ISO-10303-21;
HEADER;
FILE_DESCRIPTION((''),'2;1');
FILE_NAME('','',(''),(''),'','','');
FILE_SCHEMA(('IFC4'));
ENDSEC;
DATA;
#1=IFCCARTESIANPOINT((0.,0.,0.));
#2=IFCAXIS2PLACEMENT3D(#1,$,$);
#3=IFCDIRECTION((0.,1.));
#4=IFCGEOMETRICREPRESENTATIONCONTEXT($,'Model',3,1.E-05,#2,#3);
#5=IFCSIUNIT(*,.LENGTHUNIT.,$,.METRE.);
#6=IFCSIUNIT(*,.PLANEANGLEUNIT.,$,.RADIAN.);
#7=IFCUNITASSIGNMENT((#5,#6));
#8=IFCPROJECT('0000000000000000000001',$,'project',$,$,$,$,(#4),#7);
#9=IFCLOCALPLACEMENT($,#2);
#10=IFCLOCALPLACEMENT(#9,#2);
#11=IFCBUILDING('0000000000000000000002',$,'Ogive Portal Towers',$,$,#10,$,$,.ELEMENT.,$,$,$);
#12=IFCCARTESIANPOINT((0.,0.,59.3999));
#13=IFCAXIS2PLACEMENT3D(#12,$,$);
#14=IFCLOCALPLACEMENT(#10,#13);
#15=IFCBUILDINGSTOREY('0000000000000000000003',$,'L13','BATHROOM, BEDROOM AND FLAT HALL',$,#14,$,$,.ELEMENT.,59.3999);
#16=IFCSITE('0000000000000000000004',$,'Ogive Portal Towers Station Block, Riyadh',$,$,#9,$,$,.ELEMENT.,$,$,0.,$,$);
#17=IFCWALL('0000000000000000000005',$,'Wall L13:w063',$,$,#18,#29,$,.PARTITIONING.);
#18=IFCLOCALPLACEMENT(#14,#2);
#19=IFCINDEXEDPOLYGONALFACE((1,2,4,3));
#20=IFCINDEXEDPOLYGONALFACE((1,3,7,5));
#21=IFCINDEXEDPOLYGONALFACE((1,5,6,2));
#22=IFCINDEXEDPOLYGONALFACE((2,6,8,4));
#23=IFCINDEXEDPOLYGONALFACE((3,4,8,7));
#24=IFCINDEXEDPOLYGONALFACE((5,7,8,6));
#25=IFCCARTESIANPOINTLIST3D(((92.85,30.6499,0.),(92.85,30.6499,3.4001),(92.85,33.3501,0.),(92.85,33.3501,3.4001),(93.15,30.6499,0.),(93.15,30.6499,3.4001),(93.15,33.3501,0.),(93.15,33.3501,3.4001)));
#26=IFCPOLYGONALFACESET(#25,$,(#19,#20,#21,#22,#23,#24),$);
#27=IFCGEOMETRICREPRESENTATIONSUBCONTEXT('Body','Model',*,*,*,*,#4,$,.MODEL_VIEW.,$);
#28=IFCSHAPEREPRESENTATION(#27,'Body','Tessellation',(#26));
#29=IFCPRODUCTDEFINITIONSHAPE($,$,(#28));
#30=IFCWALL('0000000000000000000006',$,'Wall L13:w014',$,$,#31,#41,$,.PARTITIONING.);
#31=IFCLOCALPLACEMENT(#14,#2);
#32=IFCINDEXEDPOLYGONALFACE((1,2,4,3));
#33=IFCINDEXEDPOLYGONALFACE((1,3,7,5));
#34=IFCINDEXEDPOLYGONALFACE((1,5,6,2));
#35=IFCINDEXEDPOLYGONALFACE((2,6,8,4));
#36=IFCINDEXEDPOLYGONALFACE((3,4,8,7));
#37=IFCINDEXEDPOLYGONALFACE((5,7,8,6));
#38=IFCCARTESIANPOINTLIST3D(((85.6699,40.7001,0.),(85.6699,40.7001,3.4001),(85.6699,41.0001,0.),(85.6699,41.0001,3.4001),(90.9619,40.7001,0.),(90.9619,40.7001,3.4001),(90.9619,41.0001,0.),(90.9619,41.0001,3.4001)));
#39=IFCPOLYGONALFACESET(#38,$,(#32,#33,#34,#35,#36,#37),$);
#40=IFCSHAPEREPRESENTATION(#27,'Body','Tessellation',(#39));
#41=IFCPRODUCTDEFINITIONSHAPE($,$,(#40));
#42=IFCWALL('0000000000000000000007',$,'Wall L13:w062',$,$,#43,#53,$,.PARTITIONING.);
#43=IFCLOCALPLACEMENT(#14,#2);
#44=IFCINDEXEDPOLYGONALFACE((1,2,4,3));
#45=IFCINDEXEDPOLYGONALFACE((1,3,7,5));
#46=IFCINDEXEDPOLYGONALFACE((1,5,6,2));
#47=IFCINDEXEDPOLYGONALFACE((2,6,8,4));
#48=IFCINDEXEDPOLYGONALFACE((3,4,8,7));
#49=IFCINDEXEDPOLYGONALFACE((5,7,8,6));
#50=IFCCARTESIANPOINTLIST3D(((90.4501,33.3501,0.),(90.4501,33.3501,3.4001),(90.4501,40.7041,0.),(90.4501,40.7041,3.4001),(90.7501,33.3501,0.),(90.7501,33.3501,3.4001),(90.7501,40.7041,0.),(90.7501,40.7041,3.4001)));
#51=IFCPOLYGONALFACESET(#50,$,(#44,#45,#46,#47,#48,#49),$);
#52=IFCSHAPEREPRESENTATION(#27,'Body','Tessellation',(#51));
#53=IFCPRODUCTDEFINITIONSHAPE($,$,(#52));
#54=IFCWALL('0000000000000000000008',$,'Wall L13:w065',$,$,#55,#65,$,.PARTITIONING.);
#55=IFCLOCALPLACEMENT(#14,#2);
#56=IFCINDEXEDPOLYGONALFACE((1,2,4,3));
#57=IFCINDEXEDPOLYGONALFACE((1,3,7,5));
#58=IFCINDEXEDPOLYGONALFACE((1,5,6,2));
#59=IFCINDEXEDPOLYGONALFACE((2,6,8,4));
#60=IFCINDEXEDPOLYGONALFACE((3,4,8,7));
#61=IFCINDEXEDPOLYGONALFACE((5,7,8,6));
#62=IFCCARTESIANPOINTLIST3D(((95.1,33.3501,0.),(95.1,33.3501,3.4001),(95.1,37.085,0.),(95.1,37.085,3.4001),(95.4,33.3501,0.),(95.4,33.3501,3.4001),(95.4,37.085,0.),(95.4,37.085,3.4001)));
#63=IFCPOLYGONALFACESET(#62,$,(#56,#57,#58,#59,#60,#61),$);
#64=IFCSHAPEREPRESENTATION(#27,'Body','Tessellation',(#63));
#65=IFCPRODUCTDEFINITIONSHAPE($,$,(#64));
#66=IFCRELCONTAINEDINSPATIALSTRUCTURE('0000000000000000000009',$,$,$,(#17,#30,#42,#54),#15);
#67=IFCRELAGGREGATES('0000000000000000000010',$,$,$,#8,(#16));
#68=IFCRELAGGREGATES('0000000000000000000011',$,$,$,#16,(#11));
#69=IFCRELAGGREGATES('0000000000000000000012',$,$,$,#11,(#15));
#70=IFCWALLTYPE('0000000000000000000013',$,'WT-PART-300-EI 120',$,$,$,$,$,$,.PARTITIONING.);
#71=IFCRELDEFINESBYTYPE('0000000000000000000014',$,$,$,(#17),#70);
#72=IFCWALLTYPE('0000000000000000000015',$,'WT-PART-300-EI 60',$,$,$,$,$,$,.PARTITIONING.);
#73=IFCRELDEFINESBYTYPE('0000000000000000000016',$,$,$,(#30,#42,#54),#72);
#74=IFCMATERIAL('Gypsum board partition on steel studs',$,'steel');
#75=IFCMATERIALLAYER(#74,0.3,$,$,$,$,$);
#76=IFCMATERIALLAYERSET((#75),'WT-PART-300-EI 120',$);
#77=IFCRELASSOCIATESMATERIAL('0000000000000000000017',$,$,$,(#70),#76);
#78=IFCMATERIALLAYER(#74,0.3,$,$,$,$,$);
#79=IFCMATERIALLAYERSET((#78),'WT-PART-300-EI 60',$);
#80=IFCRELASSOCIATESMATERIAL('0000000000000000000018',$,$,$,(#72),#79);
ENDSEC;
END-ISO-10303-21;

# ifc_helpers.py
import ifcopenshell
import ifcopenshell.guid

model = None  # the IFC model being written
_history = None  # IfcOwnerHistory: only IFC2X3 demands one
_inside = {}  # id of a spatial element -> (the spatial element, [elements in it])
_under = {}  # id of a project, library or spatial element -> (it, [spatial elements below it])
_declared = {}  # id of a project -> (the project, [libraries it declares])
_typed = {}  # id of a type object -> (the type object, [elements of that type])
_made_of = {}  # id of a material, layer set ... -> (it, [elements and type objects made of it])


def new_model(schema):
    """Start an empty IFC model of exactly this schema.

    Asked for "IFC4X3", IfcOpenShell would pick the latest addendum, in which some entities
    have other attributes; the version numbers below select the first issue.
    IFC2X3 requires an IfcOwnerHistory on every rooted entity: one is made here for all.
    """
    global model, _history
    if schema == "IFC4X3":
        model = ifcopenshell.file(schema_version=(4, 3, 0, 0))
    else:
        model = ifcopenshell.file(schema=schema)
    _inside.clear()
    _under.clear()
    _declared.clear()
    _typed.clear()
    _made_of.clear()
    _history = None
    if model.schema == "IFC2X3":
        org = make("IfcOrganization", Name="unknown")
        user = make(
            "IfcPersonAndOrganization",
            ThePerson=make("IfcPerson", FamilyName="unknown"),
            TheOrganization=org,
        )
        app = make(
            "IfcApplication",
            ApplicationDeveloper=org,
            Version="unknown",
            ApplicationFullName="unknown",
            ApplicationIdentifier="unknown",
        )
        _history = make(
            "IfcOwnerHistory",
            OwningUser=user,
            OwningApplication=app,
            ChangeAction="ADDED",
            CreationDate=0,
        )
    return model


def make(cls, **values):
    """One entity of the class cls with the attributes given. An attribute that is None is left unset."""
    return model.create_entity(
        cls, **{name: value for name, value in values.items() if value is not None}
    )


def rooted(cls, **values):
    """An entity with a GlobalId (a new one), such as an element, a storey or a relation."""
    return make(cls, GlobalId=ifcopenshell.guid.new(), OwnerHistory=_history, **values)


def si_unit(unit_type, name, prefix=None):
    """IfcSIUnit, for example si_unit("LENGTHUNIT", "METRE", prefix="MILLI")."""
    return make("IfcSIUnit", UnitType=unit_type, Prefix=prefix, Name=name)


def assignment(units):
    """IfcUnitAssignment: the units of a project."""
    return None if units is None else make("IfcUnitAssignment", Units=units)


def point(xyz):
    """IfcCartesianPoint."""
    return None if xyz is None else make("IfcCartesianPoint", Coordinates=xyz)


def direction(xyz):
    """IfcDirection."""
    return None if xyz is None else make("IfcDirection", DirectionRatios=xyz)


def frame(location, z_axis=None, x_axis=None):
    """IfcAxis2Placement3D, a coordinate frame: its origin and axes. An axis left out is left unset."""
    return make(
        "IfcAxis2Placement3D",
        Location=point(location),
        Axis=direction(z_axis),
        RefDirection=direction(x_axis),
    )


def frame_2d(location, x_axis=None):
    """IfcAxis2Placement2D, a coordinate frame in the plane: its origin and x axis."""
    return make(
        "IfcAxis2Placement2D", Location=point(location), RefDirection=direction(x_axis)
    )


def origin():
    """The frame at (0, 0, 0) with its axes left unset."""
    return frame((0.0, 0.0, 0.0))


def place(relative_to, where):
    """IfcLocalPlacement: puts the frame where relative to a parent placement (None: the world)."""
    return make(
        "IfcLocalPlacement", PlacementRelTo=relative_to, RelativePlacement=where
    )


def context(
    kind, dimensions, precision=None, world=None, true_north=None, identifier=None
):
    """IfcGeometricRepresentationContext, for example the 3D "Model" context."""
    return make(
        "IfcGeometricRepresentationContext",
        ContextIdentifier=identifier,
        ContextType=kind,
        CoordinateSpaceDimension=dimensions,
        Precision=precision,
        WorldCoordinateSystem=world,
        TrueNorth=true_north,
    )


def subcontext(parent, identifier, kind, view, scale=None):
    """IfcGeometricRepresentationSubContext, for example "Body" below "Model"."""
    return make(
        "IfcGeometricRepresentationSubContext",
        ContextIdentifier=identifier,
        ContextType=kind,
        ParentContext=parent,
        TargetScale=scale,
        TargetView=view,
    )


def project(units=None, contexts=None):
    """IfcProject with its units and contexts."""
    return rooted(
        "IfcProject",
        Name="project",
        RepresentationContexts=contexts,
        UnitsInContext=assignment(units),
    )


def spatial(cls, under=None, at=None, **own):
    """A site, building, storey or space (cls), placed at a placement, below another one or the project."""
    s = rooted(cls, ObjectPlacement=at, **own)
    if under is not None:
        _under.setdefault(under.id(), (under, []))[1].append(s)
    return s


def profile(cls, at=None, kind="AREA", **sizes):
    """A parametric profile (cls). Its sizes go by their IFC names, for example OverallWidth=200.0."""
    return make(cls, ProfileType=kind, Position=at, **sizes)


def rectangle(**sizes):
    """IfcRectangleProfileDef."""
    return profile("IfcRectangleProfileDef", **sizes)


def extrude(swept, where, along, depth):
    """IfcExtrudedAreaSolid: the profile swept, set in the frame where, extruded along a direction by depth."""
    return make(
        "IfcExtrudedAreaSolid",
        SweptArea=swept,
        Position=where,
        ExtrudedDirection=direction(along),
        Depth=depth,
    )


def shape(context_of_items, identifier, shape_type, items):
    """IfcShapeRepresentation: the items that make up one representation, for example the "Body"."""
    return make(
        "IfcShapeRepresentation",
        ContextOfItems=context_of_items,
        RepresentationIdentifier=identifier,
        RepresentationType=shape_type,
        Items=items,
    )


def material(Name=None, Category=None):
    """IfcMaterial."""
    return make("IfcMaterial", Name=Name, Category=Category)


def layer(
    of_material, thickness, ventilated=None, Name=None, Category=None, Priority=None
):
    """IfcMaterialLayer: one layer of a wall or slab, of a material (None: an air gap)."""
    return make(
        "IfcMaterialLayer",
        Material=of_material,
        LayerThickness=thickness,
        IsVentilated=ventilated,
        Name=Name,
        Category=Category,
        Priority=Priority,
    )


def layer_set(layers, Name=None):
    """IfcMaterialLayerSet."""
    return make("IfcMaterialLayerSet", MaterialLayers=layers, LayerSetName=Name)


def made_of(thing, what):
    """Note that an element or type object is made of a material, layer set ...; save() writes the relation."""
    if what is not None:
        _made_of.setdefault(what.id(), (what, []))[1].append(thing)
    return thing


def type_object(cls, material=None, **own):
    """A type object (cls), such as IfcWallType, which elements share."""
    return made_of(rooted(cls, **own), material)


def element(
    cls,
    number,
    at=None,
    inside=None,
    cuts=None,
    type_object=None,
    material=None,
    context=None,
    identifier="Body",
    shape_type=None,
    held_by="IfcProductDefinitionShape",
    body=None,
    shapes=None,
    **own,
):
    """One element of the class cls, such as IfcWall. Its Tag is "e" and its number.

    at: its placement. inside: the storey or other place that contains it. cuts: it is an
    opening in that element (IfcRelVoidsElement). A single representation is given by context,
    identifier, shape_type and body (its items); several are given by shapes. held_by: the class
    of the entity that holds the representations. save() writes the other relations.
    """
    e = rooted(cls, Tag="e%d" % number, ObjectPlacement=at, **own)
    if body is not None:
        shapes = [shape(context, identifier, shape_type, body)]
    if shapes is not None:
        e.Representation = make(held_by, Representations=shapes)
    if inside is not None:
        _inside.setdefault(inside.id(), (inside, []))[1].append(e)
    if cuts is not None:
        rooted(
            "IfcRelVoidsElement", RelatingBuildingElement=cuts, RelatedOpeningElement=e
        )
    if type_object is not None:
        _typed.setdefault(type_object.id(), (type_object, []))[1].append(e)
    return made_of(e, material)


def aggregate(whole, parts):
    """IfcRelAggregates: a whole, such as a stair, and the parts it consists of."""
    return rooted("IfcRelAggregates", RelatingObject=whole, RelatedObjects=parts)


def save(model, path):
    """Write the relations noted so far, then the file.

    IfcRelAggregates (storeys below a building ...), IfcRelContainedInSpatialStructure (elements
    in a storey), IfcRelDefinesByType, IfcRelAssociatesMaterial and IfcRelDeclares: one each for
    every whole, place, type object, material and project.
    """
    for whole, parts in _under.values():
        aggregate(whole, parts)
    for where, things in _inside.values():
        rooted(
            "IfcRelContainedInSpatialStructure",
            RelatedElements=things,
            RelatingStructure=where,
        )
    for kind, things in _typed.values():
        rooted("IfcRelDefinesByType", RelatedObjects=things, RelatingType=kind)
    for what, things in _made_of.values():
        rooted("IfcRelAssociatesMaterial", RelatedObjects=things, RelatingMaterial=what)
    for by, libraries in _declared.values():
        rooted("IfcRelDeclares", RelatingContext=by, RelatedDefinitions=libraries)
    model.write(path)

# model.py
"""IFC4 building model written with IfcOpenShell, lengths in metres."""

from ifc_helpers import new_model, si_unit, direction, frame, frame_2d, origin, place, context, subcontext, project, spatial, rectangle, extrude, material, layer, layer_set, type_object, element, save


model = new_model("IFC4")

# Units and contexts
model_context = context("Model", 3, precision=1e-05, world=origin(), true_north=direction((0.0, 1.0)))
body_context = subcontext(model_context, "Body", "Model", "MODEL_VIEW")
ifc_project = project(units=[si_unit("LENGTHUNIT", "METRE"), si_unit("PLANEANGLEUNIT", "RADIAN")], contexts=[model_context])

# Site, building, storey
site_placement = place(None, origin())
site = spatial("IfcSite", under=ifc_project, at=site_placement, Name="Ogive Portal Towers Station Block, Riyadh", CompositionType="ELEMENT", RefElevation=0.0)
building_placement = place(site_placement, origin())
building = spatial("IfcBuilding", under=site, at=building_placement, Name="Ogive Portal Towers", CompositionType="ELEMENT")
storey_placement = place(building_placement, frame((0.0, 0.0, 59.3999)))
storey = spatial("IfcBuildingStorey", under=building, at=storey_placement, Name="L13", Description="BATHROOM, BEDROOM AND FLAT HALL", CompositionType="ELEMENT", Elevation=59.3999)

# Shared definitions
ifc_material_1 = material(Name="Gypsum board partition on steel studs", Category="steel")
ifc_layer_1 = layer(ifc_material_1, 0.3)
ifc_layer_set_1 = layer_set([ifc_layer_1], Name="WT-PART-300-EI 120")
wall_type_1 = type_object("IfcWallType", Name="WT-PART-300-EI 120", PredefinedType="PARTITIONING", material=ifc_layer_set_1)

# Walls
wall_1_placement = place(storey_placement, frame((93.0, 30.6499, 0.0), z_axis=(0.0, 0.0, 1.0), x_axis=(0.0, 1.0, 0.0)))
element("IfcWall", 1, at=wall_1_placement, inside=storey, type_object=wall_type_1, Name="Wall L13:w063", PredefinedType="PARTITIONING", context=body_context, shape_type="SweptSolid", body=[
    extrude(rectangle(XDim=2.7002, YDim=0.3, at=frame_2d((1.3501, 0.0))), origin(), (0.0, 0.0, 1.0), 3.4001),
])
ifc_layer_2 = layer(ifc_material_1, 0.3)
ifc_layer_set_2 = layer_set([ifc_layer_2], Name="WT-PART-300-EI 60")
wall_type_2 = type_object("IfcWallType", Name="WT-PART-300-EI 60", PredefinedType="PARTITIONING", material=ifc_layer_set_2)
wall_2_placement = place(storey_placement, frame((85.6699, 40.8501, 0.0), z_axis=(0.0, 0.0, 1.0), x_axis=(1.0, 0.0, 0.0)))
element("IfcWall", 2, at=wall_2_placement, inside=storey, type_object=wall_type_2, Name="Wall L13:w014", PredefinedType="PARTITIONING", context=body_context, shape_type="SweptSolid", body=[
    extrude(rectangle(XDim=5.292, YDim=0.3, at=frame_2d((2.646, 0.0))), origin(), (0.0, 0.0, 1.0), 3.4001),
])
wall_3_placement = place(storey_placement, frame((90.6001, 33.3501, 0.0), z_axis=(0.0, 0.0, 1.0), x_axis=(0.0, 1.0, 0.0)))
element("IfcWall", 3, at=wall_3_placement, inside=storey, type_object=wall_type_2, Name="Wall L13:w062", PredefinedType="PARTITIONING", context=body_context, shape_type="SweptSolid", body=[
    extrude(rectangle(XDim=7.354, YDim=0.3, at=frame_2d((3.677, 0.0))), origin(), (0.0, 0.0, 1.0), 3.4001),
])
wall_4_placement = place(storey_placement, frame((95.25, 33.3501, 0.0), z_axis=(0.0, 0.0, 1.0), x_axis=(0.0, 1.0, 0.0)))
element("IfcWall", 4, at=wall_4_placement, inside=storey, type_object=wall_type_2, Name="Wall L13:w065", PredefinedType="PARTITIONING", context=body_context, shape_type="SweptSolid", body=[
    extrude(rectangle(XDim=3.7349, YDim=0.3, at=frame_2d((1.8674, 0.0))), origin(), (0.0, 0.0, 1.0), 3.4001),
])

save(model, "model.ifc")
